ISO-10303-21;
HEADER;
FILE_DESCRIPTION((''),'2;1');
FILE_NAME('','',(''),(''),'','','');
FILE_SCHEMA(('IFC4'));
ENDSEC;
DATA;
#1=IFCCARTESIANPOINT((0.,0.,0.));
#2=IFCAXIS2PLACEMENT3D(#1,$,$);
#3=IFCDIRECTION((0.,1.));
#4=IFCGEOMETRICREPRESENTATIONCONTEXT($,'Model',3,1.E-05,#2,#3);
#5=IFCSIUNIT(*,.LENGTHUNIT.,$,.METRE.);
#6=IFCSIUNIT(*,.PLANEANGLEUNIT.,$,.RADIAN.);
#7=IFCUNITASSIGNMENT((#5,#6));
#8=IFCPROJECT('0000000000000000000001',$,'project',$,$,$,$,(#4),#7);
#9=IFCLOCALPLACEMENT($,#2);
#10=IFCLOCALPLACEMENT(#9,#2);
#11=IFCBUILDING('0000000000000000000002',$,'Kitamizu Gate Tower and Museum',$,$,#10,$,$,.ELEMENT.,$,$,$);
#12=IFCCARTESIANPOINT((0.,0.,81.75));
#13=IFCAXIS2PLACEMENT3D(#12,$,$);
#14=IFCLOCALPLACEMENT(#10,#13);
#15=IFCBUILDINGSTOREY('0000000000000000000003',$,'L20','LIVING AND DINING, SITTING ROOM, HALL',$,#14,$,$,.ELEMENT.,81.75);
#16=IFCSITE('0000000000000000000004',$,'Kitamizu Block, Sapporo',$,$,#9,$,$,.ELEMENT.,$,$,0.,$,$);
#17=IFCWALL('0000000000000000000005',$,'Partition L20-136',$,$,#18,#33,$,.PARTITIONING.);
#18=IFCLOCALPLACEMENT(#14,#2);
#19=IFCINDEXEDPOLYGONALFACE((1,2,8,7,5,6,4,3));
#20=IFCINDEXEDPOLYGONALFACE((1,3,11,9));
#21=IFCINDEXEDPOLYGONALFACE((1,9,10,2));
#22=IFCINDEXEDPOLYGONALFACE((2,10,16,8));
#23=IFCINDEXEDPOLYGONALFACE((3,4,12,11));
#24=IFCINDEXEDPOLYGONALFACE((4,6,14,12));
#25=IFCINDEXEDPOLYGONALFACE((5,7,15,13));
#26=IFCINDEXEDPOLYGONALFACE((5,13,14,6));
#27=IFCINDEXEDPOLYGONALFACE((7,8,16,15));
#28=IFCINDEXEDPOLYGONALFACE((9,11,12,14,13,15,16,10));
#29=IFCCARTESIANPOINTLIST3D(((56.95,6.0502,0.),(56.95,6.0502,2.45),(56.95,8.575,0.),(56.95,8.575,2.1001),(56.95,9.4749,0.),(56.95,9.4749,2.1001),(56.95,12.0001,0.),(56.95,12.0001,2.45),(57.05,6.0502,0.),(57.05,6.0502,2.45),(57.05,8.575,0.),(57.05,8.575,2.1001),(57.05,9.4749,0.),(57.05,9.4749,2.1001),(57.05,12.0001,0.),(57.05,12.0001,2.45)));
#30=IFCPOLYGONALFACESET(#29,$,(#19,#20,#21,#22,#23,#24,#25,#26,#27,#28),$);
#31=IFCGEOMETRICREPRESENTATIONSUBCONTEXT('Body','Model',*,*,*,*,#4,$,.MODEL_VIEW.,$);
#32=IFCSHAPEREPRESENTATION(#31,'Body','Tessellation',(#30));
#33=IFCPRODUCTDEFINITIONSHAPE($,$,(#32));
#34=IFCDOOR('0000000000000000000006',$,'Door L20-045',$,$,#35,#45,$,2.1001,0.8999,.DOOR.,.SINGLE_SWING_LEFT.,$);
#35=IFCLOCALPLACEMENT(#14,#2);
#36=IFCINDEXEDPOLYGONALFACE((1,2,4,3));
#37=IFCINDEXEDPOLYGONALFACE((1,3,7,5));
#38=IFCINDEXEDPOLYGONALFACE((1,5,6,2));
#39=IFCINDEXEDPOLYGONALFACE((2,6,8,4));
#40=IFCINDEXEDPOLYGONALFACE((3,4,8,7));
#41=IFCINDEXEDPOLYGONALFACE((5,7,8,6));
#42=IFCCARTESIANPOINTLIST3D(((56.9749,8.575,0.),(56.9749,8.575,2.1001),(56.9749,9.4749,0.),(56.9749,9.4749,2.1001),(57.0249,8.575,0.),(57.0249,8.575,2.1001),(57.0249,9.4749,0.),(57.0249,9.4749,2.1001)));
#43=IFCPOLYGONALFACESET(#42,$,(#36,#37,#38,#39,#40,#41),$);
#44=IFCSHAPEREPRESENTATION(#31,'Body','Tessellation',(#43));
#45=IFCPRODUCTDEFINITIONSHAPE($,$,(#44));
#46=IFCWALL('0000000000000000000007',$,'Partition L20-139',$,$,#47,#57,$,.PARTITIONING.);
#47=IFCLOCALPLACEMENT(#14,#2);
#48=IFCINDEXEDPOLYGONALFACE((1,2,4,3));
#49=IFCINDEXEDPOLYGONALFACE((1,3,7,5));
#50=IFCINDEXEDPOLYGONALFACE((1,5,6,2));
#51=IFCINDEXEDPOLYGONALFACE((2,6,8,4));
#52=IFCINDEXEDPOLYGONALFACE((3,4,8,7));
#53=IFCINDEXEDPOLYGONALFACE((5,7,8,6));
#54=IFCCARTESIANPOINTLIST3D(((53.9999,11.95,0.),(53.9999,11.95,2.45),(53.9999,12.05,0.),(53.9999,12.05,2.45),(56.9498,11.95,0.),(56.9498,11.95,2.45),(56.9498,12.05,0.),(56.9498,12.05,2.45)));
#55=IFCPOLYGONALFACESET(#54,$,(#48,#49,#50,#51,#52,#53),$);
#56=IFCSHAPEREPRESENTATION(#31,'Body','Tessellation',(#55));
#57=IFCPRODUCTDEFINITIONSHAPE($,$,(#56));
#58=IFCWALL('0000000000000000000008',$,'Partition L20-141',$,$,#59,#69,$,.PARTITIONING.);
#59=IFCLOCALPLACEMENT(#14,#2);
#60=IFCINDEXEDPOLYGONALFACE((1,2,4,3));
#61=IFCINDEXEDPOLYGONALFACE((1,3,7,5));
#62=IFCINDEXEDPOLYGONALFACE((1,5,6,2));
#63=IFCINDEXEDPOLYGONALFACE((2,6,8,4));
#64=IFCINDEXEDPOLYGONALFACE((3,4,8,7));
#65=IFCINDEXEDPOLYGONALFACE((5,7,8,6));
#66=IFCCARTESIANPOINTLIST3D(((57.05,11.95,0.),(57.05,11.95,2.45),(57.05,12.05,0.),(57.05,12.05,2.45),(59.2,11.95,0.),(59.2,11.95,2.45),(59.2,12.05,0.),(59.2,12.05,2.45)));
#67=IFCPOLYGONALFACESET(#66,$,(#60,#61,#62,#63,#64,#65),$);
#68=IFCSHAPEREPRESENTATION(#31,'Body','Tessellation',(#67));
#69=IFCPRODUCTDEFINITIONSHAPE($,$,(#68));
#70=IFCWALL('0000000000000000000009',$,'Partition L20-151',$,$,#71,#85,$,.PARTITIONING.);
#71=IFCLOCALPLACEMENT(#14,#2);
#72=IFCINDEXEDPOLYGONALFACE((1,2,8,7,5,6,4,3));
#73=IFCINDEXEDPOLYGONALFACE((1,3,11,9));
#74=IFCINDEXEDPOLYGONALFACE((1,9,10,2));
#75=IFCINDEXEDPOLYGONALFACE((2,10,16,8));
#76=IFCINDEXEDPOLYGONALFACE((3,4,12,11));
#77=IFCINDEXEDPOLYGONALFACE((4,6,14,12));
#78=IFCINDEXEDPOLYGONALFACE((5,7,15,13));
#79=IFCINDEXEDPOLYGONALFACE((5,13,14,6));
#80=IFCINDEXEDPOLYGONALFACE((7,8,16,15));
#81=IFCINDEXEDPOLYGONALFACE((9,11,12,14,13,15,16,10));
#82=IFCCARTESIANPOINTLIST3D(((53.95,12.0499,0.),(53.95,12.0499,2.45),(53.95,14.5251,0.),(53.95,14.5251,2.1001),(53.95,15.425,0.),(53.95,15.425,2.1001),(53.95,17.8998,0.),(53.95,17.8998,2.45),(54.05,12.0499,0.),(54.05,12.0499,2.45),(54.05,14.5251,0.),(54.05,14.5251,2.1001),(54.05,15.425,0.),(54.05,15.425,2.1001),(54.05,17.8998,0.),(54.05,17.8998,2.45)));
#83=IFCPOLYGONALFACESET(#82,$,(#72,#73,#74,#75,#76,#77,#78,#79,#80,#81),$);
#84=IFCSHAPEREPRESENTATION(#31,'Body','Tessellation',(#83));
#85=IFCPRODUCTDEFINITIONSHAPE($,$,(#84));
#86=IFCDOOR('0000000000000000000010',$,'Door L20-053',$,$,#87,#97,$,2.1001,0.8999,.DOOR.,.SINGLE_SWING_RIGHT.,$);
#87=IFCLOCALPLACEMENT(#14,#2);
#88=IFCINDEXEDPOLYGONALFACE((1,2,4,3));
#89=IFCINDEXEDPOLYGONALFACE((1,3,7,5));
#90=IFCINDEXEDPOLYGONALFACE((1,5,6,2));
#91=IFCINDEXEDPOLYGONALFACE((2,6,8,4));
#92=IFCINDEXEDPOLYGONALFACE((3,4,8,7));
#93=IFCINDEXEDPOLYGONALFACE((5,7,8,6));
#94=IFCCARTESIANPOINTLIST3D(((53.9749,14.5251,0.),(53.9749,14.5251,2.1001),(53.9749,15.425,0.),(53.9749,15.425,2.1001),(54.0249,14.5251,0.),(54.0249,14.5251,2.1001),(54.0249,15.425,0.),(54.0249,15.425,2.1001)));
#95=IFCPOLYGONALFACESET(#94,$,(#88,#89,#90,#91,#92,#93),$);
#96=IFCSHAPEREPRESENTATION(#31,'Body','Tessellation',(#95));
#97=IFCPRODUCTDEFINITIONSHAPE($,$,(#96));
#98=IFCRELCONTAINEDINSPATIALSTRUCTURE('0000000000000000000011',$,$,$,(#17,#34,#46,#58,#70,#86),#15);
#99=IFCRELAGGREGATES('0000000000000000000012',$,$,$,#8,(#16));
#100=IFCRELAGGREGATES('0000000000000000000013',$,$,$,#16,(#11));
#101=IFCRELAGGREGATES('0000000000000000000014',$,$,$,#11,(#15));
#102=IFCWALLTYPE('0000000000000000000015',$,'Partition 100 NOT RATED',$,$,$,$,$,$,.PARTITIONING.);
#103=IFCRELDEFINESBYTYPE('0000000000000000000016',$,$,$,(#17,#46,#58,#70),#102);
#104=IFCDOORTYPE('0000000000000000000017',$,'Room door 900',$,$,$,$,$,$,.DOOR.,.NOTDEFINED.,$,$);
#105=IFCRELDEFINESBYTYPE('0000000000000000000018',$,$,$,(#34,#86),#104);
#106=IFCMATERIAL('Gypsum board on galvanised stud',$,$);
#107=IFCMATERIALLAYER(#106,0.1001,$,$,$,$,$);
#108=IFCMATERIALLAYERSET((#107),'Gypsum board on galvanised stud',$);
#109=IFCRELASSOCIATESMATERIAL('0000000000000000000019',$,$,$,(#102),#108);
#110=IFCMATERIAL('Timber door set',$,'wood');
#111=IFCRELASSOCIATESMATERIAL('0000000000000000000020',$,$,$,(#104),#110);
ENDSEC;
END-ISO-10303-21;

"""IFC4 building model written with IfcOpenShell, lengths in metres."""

from ifc_helpers import new_model, si_unit, direction, frame, frame_2d, origin, place, context, subcontext, project, spatial, rectangle, extrude, material, layer, layer_set, type_object, element, fill, save


model = new_model("IFC4")

# Units and contexts
model_context = context("Model", 3, precision=1e-05, world=origin(), true_north=direction((0.0, 1.0)))
body_context = subcontext(model_context, "Body", "Model", "MODEL_VIEW")
ifc_project = project(units=[si_unit("LENGTHUNIT", "METRE"), si_unit("PLANEANGLEUNIT", "RADIAN")], contexts=[model_context])

# Site, building, storey
site_placement = place(None, origin())
site = spatial("IfcSite", under=ifc_project, at=site_placement, Name="Kitamizu Block, Sapporo", CompositionType="ELEMENT", RefElevation=0.0)
building_placement = place(site_placement, origin())
building = spatial("IfcBuilding", under=site, at=building_placement, Name="Kitamizu Gate Tower and Museum", CompositionType="ELEMENT")
storey_placement = place(building_placement, frame((0.0, 0.0, 81.75)))
storey = spatial("IfcBuildingStorey", under=building, at=storey_placement, Name="L20", Description="LIVING AND DINING, SITTING ROOM, HALL", CompositionType="ELEMENT", Elevation=81.75)

# Shared definitions
ifc_material_1 = material(Name="Gypsum board on galvanised stud")
ifc_layer = layer(ifc_material_1, 0.1001)
ifc_layer_set = layer_set([ifc_layer], Name="Gypsum board on galvanised stud")
wall_type = type_object("IfcWallType", Name="Partition 100 NOT RATED", PredefinedType="PARTITIONING", material=ifc_layer_set)

# Wall, opening, door
wall_1_placement = place(storey_placement, frame((57.0, 6.05, 0.0), z_axis=(0.0, 0.0, 1.0), x_axis=(0.0, 1.0, 0.0)))
wall_1 = element("IfcWall", 1, at=wall_1_placement, inside=storey, type_object=wall_type, Name="Partition L20-136", PredefinedType="PARTITIONING", context=body_context, shape_type="SweptSolid", body=[
    extrude(rectangle(XDim=5.95, YDim=0.1001, at=frame_2d((2.9751, 0.0))), origin(), (0.0, 0.0, 1.0), 2.45),
])
opening_1_placement = place(wall_1_placement, frame((2.5249, 0.0, 0.0)))
opening_1 = element("IfcOpeningElement", 2, at=opening_1_placement, cuts=wall_1, PredefinedType="OPENING", context=body_context, shape_type="SweptSolid", body=[
    extrude(rectangle(XDim=0.8999, YDim=2.1001, at=frame_2d((0.45, 1.05))), frame((0.0, 0.0601, 0.0), z_axis=(0.0, -1.0, 0.0), x_axis=(1.0, 0.0, 0.0)), (0.0, 0.0, 1.0), 0.1201),
])
ifc_material_2 = material(Name="Timber door set", Category="wood")
door_type = type_object("IfcDoorType", Name="Room door 900", OperationType="NOTDEFINED", PredefinedType="DOOR", material=ifc_material_2)
door_1_placement = place(opening_1_placement, frame((0.8999, 0.0, 0.0), x_axis=(-1.0, 0.0, 0.0)))
door_1 = element("IfcDoor", 3, at=door_1_placement, inside=storey, type_object=door_type, Name="Door L20-045", OperationType="SINGLE_SWING_LEFT", OverallHeight=2.1001, OverallWidth=0.8999, PredefinedType="DOOR", context=body_context, shape_type="SweptSolid", body=[
    extrude(rectangle(XDim=0.8999, YDim=2.1001, at=frame_2d((0.45, 1.05))), frame((0.0, 0.0249, 0.0), z_axis=(0.0, -1.0, 0.0), x_axis=(1.0, 0.0, 0.0)), (0.0, 0.0, 1.0), 0.05),
])
fill(opening_1, door_1)

# Walls
wall_2_placement = place(storey_placement, frame((56.95, 12.0, 0.0), z_axis=(0.0, 0.0, 1.0), x_axis=(-1.0, 0.0, 0.0)))
element("IfcWall", 4, at=wall_2_placement, inside=storey, type_object=wall_type, Name="Partition L20-139", PredefinedType="PARTITIONING", context=body_context, shape_type="SweptSolid", body=[
    extrude(rectangle(XDim=2.95, YDim=0.1001, at=frame_2d((1.4751, 0.0))), origin(), (0.0, 0.0, 1.0), 2.45),
])
wall_3_placement = place(storey_placement, frame((59.2, 12.0, 0.0), z_axis=(0.0, 0.0, 1.0), x_axis=(-1.0, 0.0, 0.0)))
element("IfcWall", 5, at=wall_3_placement, inside=storey, type_object=wall_type, Name="Partition L20-141", PredefinedType="PARTITIONING", context=body_context, shape_type="SweptSolid", body=[
    extrude(rectangle(XDim=2.1499, YDim=0.1001, at=frame_2d((1.075, 0.0))), origin(), (0.0, 0.0, 1.0), 2.45),
])

# Wall, opening, door
wall_4_placement = place(storey_placement, frame((54.0, 12.05, 0.0), z_axis=(0.0, 0.0, 1.0), x_axis=(0.0, 1.0, 0.0)))
wall_4 = element("IfcWall", 6, at=wall_4_placement, inside=storey, type_object=wall_type, Name="Partition L20-151", PredefinedType="PARTITIONING", context=body_context, shape_type="SweptSolid", body=[
    extrude(rectangle(XDim=5.8499, YDim=0.1001, at=frame_2d((2.9248, 0.0))), origin(), (0.0, 0.0, 1.0), 2.45),
])
opening_2_placement = place(wall_4_placement, frame((2.4751, 0.0, 0.0)))
opening_2 = element("IfcOpeningElement", 7, at=opening_2_placement, cuts=wall_4, PredefinedType="OPENING", context=body_context, shape_type="SweptSolid", body=[
    extrude(rectangle(XDim=0.8999, YDim=2.1001, at=frame_2d((0.45, 1.05))), frame((0.0, 0.0601, 0.0), z_axis=(0.0, -1.0, 0.0), x_axis=(1.0, 0.0, 0.0)), (0.0, 0.0, 1.0), 0.1201),
])
door_2_placement = place(opening_2_placement, frame((0.8999, 0.0, 0.0), x_axis=(-1.0, 0.0, 0.0)))
door_2 = element("IfcDoor", 8, at=door_2_placement, inside=storey, type_object=door_type, Name="Door L20-053", OperationType="SINGLE_SWING_RIGHT", OverallHeight=2.1001, OverallWidth=0.8999, PredefinedType="DOOR", context=body_context, shape_type="SweptSolid", body=[
    extrude(rectangle(XDim=0.8999, YDim=2.1001, at=frame_2d((0.45, 1.05))), frame((0.0, 0.0249, 0.0), z_axis=(0.0, -1.0, 0.0), x_axis=(1.0, 0.0, 0.0)), (0.0, 0.0, 1.0), 0.05),
])
fill(opening_2, door_2)

save(model, "model.ifc")
